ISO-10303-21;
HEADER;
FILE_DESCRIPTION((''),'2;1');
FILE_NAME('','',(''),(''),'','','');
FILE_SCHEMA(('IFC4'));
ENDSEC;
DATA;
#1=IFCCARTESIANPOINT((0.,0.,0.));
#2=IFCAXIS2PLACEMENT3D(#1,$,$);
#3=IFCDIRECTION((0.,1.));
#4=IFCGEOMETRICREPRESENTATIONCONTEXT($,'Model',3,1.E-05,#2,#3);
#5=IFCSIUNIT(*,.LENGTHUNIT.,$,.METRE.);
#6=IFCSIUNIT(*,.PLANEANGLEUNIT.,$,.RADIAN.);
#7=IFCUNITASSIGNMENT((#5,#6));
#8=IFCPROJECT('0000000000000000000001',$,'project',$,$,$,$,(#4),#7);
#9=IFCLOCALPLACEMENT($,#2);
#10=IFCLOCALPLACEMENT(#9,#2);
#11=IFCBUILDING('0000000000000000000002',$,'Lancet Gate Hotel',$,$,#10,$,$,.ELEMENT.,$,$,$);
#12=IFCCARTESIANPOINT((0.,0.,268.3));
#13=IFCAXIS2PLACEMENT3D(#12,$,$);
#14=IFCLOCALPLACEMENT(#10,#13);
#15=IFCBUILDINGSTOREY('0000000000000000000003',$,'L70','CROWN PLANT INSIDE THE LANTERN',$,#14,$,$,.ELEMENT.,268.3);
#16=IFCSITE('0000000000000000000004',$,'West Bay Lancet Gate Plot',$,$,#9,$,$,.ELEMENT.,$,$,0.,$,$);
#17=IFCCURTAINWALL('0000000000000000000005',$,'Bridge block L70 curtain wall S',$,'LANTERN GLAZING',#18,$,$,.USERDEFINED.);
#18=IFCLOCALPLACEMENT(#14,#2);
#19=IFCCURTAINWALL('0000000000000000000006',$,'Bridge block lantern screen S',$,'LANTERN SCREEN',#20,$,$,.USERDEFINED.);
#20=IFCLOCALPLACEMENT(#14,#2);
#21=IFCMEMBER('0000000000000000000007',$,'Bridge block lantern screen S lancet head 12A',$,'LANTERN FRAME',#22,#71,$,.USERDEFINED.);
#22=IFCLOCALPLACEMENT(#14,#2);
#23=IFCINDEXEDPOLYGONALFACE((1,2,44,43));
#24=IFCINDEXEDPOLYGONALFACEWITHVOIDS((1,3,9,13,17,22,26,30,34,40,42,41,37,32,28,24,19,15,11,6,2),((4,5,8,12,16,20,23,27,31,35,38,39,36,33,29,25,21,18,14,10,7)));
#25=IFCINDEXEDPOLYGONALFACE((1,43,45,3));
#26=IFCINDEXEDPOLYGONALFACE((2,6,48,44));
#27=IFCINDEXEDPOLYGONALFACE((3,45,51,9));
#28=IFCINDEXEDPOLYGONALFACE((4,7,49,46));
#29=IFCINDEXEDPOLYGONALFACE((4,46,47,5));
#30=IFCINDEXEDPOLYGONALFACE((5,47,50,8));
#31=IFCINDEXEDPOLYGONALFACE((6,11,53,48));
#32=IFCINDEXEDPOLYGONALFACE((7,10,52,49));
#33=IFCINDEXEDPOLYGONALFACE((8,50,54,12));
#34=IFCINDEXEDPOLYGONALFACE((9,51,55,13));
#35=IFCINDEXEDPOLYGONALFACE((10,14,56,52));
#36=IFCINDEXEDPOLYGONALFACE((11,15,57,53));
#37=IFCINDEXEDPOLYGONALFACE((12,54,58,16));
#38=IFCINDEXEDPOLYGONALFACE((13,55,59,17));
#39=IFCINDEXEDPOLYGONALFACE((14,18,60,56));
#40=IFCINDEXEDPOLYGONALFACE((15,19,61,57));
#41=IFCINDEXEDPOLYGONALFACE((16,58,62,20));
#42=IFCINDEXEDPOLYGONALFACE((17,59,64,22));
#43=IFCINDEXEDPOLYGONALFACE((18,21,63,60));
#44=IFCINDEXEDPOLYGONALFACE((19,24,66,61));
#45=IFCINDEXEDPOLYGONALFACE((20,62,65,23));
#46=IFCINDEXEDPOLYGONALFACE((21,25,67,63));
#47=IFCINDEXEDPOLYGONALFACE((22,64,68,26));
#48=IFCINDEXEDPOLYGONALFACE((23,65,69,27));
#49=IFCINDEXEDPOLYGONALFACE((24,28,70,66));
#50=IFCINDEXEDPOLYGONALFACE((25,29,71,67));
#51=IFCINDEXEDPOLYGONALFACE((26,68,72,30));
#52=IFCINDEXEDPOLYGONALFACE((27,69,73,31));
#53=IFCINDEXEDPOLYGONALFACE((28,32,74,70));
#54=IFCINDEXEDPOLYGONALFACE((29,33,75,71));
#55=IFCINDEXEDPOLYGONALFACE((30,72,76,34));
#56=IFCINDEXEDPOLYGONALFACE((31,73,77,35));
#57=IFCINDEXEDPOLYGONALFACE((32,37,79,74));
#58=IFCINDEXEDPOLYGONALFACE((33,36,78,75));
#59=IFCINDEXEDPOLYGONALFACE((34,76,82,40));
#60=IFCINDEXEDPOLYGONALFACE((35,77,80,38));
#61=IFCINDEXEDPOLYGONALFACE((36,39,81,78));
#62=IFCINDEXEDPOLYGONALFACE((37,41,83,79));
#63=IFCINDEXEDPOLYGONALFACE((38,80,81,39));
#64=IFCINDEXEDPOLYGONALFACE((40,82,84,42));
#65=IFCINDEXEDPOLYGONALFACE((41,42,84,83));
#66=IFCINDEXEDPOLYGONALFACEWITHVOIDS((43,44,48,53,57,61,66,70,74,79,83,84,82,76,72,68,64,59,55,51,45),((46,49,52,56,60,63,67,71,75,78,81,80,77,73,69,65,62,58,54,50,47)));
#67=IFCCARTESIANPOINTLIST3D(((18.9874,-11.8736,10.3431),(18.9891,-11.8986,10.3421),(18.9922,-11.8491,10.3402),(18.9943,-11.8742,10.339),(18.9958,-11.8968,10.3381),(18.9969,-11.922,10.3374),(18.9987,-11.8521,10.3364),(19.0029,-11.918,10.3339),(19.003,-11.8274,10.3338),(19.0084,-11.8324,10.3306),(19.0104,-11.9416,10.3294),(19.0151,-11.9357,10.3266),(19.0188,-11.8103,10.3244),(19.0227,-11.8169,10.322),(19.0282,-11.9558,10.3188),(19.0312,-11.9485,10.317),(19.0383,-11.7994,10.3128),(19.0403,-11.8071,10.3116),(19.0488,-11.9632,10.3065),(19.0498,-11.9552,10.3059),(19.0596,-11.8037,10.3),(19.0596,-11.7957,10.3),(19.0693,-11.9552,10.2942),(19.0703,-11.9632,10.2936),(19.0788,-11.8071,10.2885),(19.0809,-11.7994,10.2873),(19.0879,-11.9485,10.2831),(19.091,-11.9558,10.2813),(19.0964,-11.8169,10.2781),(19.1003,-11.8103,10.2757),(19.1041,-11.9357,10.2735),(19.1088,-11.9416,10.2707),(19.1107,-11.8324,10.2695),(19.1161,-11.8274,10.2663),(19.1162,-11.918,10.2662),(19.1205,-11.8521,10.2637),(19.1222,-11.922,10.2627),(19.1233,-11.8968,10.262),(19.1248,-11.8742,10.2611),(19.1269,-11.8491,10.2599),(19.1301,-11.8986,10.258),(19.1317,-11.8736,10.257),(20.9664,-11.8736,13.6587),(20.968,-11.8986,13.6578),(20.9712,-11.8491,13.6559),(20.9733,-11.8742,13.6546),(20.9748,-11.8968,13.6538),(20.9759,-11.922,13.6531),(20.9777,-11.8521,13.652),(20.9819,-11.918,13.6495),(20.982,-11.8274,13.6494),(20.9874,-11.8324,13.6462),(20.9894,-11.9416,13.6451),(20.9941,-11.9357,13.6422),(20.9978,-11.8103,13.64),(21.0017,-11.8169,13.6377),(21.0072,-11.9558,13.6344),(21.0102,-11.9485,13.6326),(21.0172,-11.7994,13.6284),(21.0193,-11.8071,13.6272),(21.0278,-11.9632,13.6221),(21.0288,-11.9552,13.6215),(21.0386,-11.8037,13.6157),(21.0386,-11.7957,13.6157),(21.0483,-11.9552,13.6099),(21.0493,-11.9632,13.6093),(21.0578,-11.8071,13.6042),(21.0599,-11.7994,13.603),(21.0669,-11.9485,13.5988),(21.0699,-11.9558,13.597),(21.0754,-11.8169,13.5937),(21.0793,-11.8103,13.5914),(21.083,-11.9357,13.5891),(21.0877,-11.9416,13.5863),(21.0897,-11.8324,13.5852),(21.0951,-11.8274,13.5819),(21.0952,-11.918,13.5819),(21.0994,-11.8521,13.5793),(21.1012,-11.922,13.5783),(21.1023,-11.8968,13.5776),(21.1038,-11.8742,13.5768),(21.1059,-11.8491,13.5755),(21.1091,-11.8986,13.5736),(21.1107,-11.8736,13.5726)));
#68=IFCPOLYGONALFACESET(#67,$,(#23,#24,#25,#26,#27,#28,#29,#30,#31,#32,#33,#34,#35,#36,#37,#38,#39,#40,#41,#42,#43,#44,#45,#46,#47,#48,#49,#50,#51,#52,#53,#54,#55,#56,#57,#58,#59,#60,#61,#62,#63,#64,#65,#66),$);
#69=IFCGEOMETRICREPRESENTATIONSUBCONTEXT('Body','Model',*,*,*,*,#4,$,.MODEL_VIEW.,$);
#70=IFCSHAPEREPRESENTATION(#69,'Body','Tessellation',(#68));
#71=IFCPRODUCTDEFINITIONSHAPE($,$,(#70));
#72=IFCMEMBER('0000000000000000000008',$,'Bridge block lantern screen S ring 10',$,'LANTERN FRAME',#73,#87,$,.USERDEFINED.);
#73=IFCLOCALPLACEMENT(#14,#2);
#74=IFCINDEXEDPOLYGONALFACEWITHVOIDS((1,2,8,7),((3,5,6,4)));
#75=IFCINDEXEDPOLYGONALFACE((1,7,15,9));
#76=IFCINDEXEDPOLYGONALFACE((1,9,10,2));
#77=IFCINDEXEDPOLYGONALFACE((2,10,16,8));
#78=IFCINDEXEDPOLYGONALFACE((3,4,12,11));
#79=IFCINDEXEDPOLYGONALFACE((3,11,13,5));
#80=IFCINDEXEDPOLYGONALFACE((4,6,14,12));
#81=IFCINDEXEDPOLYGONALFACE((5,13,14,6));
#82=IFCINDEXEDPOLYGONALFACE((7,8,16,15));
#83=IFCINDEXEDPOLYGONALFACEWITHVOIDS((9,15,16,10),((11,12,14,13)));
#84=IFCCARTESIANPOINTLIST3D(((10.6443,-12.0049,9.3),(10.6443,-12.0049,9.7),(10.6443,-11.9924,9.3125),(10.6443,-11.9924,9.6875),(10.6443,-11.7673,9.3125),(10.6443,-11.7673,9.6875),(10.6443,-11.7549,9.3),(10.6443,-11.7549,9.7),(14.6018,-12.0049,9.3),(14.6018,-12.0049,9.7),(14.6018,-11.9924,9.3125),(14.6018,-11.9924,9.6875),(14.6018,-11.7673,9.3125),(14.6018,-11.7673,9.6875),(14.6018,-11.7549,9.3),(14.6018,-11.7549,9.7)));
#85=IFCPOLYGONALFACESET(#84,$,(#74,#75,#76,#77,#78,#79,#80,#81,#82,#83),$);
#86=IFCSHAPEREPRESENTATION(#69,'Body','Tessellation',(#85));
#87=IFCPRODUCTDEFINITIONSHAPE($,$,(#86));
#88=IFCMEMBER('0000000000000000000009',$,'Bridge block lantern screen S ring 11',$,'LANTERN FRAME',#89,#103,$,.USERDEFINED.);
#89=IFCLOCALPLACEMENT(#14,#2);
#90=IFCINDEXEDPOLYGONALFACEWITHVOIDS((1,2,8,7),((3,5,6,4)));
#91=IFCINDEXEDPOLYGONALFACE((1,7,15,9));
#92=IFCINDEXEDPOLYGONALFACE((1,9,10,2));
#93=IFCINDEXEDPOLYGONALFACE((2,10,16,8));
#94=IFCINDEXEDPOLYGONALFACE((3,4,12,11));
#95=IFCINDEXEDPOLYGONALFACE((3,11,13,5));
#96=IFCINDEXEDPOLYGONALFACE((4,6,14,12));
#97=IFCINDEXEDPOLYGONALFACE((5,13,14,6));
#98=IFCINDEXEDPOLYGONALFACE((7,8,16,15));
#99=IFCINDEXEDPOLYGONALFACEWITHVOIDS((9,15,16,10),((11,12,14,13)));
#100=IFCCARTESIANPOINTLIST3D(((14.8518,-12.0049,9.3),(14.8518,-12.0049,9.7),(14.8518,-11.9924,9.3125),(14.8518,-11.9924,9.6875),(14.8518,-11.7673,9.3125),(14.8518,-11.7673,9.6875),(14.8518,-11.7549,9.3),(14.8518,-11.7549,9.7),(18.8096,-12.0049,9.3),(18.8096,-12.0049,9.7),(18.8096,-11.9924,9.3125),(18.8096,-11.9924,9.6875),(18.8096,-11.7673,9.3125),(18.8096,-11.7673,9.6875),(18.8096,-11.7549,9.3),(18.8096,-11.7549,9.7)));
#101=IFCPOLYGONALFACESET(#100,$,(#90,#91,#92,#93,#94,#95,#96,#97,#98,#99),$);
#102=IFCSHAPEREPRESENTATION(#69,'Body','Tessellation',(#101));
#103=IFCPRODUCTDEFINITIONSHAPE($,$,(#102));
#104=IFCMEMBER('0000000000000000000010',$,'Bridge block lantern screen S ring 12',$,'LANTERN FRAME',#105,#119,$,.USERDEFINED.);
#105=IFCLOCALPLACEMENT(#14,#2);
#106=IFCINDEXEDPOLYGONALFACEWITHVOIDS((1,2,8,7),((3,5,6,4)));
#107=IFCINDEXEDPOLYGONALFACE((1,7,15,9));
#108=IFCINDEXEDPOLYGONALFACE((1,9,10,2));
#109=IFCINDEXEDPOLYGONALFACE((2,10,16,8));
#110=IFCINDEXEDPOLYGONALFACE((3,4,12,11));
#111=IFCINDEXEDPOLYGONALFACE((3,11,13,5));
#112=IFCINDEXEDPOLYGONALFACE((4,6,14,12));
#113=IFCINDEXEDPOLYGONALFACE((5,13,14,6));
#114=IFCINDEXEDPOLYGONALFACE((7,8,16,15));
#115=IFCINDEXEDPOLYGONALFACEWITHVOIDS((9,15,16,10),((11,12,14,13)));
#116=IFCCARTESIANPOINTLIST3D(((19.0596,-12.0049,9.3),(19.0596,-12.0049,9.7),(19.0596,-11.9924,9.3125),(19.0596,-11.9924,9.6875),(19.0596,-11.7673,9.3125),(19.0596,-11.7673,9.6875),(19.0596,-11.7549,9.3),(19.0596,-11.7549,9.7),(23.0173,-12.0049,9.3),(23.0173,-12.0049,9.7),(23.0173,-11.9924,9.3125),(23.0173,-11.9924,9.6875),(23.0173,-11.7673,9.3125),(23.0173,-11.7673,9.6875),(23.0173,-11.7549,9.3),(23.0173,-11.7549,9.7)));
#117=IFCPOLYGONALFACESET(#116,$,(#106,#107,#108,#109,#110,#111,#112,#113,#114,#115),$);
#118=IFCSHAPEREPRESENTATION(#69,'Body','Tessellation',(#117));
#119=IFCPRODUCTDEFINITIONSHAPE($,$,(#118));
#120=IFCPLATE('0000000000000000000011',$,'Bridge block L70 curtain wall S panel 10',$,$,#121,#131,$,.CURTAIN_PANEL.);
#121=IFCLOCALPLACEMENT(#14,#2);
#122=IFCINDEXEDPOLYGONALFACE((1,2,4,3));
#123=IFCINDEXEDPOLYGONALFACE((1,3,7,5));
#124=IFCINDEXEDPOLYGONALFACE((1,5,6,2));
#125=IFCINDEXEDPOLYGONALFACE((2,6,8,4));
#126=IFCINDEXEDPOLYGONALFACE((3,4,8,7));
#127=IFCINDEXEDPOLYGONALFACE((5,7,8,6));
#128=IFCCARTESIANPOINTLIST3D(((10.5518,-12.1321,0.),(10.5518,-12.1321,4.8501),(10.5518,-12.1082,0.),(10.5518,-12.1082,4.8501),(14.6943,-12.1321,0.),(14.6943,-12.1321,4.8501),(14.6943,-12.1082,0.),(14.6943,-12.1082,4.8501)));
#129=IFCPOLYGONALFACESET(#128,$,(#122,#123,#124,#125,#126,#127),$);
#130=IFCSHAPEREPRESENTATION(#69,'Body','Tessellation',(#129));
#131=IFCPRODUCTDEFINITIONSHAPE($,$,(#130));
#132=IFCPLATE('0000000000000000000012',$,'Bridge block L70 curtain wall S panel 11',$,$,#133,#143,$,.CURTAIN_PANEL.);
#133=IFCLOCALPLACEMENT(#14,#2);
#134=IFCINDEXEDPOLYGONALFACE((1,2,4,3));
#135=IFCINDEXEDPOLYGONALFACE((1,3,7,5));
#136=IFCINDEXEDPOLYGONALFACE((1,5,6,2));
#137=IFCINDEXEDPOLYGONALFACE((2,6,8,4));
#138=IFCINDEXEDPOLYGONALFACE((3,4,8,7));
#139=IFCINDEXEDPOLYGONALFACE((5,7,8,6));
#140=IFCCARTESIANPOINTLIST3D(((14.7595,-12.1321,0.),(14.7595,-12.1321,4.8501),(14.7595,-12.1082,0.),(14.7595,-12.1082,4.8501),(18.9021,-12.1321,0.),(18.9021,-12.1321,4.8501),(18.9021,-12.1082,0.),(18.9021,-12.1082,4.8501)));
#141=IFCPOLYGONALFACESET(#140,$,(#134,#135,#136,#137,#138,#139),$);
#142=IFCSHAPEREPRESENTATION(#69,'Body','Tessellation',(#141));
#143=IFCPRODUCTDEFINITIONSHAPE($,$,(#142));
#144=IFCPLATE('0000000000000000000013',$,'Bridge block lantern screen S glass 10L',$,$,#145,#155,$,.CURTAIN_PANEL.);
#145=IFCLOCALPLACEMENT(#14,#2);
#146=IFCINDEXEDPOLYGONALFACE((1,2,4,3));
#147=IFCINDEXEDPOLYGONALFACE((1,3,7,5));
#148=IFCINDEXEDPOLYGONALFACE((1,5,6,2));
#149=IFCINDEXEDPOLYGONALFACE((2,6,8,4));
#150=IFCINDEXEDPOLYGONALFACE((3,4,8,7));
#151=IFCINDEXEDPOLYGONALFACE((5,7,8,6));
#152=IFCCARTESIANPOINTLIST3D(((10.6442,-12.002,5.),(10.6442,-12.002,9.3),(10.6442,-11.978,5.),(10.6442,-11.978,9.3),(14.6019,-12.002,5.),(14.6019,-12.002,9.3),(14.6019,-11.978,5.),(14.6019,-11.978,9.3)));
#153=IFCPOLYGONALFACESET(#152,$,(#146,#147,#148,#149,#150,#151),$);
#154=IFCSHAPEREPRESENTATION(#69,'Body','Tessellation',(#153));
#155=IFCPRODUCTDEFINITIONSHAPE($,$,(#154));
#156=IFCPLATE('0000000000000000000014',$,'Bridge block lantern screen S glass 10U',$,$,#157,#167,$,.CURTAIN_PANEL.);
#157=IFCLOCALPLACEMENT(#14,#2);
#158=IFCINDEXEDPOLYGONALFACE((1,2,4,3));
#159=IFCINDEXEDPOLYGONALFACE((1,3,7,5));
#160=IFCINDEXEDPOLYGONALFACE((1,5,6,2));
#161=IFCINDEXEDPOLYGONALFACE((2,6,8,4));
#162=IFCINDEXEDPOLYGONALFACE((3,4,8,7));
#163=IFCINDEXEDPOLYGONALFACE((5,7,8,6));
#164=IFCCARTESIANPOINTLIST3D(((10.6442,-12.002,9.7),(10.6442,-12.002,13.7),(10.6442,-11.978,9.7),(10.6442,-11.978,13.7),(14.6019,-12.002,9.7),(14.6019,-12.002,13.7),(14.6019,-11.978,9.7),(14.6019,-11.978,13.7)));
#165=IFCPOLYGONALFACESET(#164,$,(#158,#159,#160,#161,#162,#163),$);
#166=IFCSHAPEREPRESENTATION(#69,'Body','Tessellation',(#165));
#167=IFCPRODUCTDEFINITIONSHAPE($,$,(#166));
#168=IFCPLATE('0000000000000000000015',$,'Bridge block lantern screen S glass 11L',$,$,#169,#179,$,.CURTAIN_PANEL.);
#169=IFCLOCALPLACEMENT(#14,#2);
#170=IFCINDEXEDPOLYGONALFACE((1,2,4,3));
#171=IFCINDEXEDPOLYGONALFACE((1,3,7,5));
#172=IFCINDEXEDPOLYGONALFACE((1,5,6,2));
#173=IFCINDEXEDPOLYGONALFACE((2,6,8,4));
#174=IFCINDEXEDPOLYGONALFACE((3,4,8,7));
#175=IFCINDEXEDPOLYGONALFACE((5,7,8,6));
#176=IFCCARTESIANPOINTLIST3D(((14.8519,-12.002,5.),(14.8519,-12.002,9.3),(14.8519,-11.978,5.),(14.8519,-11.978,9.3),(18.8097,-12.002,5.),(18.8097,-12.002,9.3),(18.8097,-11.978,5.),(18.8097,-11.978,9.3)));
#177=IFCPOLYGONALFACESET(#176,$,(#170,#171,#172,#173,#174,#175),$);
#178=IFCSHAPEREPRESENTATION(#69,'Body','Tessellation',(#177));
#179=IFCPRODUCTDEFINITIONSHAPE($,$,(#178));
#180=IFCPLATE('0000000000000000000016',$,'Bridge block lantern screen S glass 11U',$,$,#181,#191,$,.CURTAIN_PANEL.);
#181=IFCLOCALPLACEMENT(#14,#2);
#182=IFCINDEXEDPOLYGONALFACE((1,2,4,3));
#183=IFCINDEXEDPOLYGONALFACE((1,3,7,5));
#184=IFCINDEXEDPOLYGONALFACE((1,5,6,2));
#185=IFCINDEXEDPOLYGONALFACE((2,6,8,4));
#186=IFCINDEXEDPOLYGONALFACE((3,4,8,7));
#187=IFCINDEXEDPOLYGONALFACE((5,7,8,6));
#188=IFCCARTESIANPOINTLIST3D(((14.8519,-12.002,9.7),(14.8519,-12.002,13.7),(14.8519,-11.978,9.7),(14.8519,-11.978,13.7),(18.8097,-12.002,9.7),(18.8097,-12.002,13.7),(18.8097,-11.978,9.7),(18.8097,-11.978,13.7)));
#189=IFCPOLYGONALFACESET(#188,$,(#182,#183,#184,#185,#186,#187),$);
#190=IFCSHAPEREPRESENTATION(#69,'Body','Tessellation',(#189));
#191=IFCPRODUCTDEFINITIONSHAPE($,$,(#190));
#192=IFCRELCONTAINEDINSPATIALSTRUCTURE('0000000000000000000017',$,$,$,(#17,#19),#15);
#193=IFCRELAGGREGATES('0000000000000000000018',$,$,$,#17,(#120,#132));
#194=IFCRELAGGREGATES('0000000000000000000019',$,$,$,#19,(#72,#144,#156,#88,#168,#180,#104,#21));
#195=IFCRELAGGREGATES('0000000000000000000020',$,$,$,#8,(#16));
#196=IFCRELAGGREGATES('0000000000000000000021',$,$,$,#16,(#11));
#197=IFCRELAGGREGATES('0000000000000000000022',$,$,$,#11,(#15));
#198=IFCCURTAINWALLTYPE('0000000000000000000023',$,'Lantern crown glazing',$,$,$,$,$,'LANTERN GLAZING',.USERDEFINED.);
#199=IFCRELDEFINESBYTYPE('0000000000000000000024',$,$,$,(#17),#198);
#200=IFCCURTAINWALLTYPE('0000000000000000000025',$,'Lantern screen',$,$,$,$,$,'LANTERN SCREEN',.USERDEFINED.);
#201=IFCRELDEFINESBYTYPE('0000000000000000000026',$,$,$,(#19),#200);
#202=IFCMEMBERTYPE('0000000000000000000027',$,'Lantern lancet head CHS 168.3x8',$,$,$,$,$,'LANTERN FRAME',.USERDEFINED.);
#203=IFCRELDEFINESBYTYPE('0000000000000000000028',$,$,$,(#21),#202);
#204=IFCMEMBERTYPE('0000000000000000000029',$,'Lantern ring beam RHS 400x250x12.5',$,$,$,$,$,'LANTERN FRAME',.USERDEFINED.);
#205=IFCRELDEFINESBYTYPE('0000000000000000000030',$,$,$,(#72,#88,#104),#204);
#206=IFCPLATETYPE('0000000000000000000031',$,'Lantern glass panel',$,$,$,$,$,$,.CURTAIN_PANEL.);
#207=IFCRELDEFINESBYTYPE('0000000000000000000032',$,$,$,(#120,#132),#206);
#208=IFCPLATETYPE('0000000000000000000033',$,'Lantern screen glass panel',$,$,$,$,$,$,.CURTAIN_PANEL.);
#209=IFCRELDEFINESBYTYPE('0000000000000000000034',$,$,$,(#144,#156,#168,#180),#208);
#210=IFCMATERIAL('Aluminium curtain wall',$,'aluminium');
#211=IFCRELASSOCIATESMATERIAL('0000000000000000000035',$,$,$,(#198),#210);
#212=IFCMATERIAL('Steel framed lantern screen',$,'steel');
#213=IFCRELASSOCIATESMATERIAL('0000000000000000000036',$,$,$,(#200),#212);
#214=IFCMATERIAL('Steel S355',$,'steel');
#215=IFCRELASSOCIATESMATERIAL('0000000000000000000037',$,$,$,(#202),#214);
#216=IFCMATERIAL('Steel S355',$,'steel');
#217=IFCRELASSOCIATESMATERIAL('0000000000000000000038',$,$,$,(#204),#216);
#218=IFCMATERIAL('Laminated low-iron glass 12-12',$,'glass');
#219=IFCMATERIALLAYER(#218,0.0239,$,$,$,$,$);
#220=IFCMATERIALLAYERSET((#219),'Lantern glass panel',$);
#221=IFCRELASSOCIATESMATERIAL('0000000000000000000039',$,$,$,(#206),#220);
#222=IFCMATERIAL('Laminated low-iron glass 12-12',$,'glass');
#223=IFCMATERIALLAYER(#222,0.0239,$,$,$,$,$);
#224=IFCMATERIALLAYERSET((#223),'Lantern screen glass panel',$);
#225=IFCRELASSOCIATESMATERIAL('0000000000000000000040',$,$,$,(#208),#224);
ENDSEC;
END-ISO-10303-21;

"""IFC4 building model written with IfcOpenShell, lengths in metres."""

from ifc_helpers import new_model, si_unit, direction, frame, origin, origin_2d, place, context, subcontext, project, spatial, rectangle, hollow_rectangle, hollow_circle, extrude, material, layer, layer_set, material_profile, profile_set, type_object, element, aggregate, save


model = new_model("IFC4")

# Units and contexts
model_context = context("Model", 3, precision=1e-05, world=origin(), true_north=direction((0.0, 1.0)))
body_context = subcontext(model_context, "Body", "Model", "MODEL_VIEW")
ifc_project = project(units=[si_unit("LENGTHUNIT", "METRE"), si_unit("PLANEANGLEUNIT", "RADIAN")], contexts=[model_context])

# Site, building, storey
site_placement = place(None, origin())
site = spatial("IfcSite", under=ifc_project, at=site_placement, Name="West Bay Lancet Gate Plot", CompositionType="ELEMENT", RefElevation=0.0)
building_placement = place(site_placement, origin())
building = spatial("IfcBuilding", under=site, at=building_placement, Name="Lancet Gate Hotel", CompositionType="ELEMENT")
storey_placement = place(building_placement, frame((0.0, 0.0, 268.3)))
storey = spatial("IfcBuildingStorey", under=building, at=storey_placement, Name="L70", Description="CROWN PLANT INSIDE THE LANTERN", CompositionType="ELEMENT", Elevation=268.3)

# Curtain wall
ifc_material_1 = material(Name="Aluminium curtain wall", Category="aluminium")
curtain_wall_type_1 = type_object("IfcCurtainWallType", Name="Lantern crown glazing", ElementType="LANTERN GLAZING", PredefinedType="USERDEFINED", material=ifc_material_1)
curtain_wall_1_placement = place(storey_placement, origin())
curtain_wall_1 = element("IfcCurtainWall", 1, at=curtain_wall_1_placement, inside=storey, type_object=curtain_wall_type_1, Name="Bridge block L70 curtain wall S", ObjectType="LANTERN GLAZING", PredefinedType="USERDEFINED")

# Curtain wall, members
ifc_material_2 = material(Name="Steel framed lantern screen", Category="steel")
curtain_wall_type_2 = type_object("IfcCurtainWallType", Name="Lantern screen", ElementType="LANTERN SCREEN", PredefinedType="USERDEFINED", material=ifc_material_2)
curtain_wall_2_placement = place(storey_placement, origin())
curtain_wall_2 = element("IfcCurtainWall", 2, at=curtain_wall_2_placement, inside=storey, type_object=curtain_wall_type_2, Name="Bridge block lantern screen S", ObjectType="LANTERN SCREEN", PredefinedType="USERDEFINED")
ifc_material_3 = material(Name="Steel S355", Category="steel")
ifc_material_profile_1 = material_profile(ifc_material_3, hollow_circle(Radius=0.0842, WallThickness=0.0081, at=origin_2d()), Name="CHS 168.3x8.0")
ifc_profile_set_1 = profile_set([ifc_material_profile_1], Name="Steel S355")
member_type_1 = type_object("IfcMemberType", Name="Lantern lancet head CHS 168.3x8", ElementType="LANTERN FRAME", PredefinedType="USERDEFINED", material=ifc_profile_set_1)
member_1_placement = place(storey_placement, frame((19.0596, -11.8799, 10.3), z_axis=(0.512514, 0.0, 0.858679), x_axis=(0.0, 1.0, 0.0)))
member_1 = element("IfcMember", 3, at=member_1_placement, type_object=member_type_1, Name="Bridge block lantern screen S lancet head 12A", ObjectType="LANTERN FRAME", PredefinedType="USERDEFINED", context=body_context, shape_type="SweptSolid", body=[
    extrude(hollow_circle(Radius=0.0842, WallThickness=0.0081, at=origin_2d()), origin(), (0.0, 0.0, 1.0), 3.8613),
])
ifc_material_4 = material(Name="Steel S355", Category="steel")
ifc_material_profile_2 = material_profile(ifc_material_4, hollow_rectangle(XDim=0.25, YDim=0.3999, WallThickness=0.0125, at=origin_2d()), Name="RHS 400x250x12.5")
ifc_profile_set_2 = profile_set([ifc_material_profile_2], Name="Steel S355")
member_type_2 = type_object("IfcMemberType", Name="Lantern ring beam RHS 400x250x12.5", ElementType="LANTERN FRAME", PredefinedType="USERDEFINED", material=ifc_profile_set_2)
member_2_placement = place(storey_placement, frame((10.6443, -11.8799, 9.5), z_axis=(1.0, 0.0, 0.0), x_axis=(0.0, 1.0, 0.0)))
member_2 = element("IfcMember", 4, at=member_2_placement, type_object=member_type_2, Name="Bridge block lantern screen S ring 10", ObjectType="LANTERN FRAME", PredefinedType="USERDEFINED", context=body_context, shape_type="SweptSolid", body=[
    extrude(hollow_rectangle(XDim=0.25, YDim=0.3999, WallThickness=0.0125, at=origin_2d()), origin(), (0.0, 0.0, 1.0), 3.9575),
])
member_3_placement = place(storey_placement, frame((14.8518, -11.8799, 9.5), z_axis=(1.0, 0.0, 0.0), x_axis=(0.0, 1.0, 0.0)))
member_3 = element("IfcMember", 5, at=member_3_placement, type_object=member_type_2, Name="Bridge block lantern screen S ring 11", ObjectType="LANTERN FRAME", PredefinedType="USERDEFINED", context=body_context, shape_type="SweptSolid", body=[
    extrude(hollow_rectangle(XDim=0.25, YDim=0.3999, WallThickness=0.0125, at=origin_2d()), origin(), (0.0, 0.0, 1.0), 3.9578),
])
member_4_placement = place(storey_placement, frame((19.0596, -11.8799, 9.5), z_axis=(1.0, 0.0, 0.0), x_axis=(0.0, 1.0, 0.0)))
member_4 = element("IfcMember", 6, at=member_4_placement, type_object=member_type_2, Name="Bridge block lantern screen S ring 12", ObjectType="LANTERN FRAME", PredefinedType="USERDEFINED", context=body_context, shape_type="SweptSolid", body=[
    extrude(hollow_rectangle(XDim=0.25, YDim=0.3999, WallThickness=0.0125, at=origin_2d()), origin(), (0.0, 0.0, 1.0), 3.9578),
])

# Plates
ifc_material_5 = material(Name="Laminated low-iron glass 12-12", Category="glass")
ifc_layer_1 = layer(ifc_material_5, 0.0239)
ifc_layer_set_1 = layer_set([ifc_layer_1], Name="Lantern glass panel")
plate_type_1 = type_object("IfcPlateType", Name="Lantern glass panel", PredefinedType="CURTAIN_PANEL", material=ifc_layer_set_1)
plate_1_placement = place(storey_placement, frame((12.623, -12.1201, 0.0), z_axis=(0.0, 0.0, 1.0), x_axis=(1.0, 0.0, 0.0)))
plate_1 = element("IfcPlate", 7, at=plate_1_placement, type_object=plate_type_1, Name="Bridge block L70 curtain wall S panel 10", PredefinedType="CURTAIN_PANEL", context=body_context, shape_type="SweptSolid", body=[
    extrude(rectangle(XDim=4.1426, YDim=0.0239, at=origin_2d()), origin(), (0.0, 0.0, 1.0), 4.8501),
])
plate_2_placement = place(storey_placement, frame((16.8308, -12.1201, 0.0), z_axis=(0.0, 0.0, 1.0), x_axis=(1.0, 0.0, 0.0)))
plate_2 = element("IfcPlate", 8, at=plate_2_placement, type_object=plate_type_1, Name="Bridge block L70 curtain wall S panel 11", PredefinedType="CURTAIN_PANEL", context=body_context, shape_type="SweptSolid", body=[
    extrude(rectangle(XDim=4.1426, YDim=0.0239, at=origin_2d()), origin(), (0.0, 0.0, 1.0), 4.8501),
])
aggregate(curtain_wall_1, [plate_1, plate_2])
ifc_material_6 = material(Name="Laminated low-iron glass 12-12", Category="glass")
ifc_layer_2 = layer(ifc_material_6, 0.0239)
ifc_layer_set_2 = layer_set([ifc_layer_2], Name="Lantern screen glass panel")
plate_type_2 = type_object("IfcPlateType", Name="Lantern screen glass panel", PredefinedType="CURTAIN_PANEL", material=ifc_layer_set_2)
plate_3_placement = place(storey_placement, frame((12.623, -11.99, 5.0), z_axis=(0.0, 0.0, 1.0), x_axis=(1.0, 0.0, 0.0)))
plate_3 = element("IfcPlate", 9, at=plate_3_placement, type_object=plate_type_2, Name="Bridge block lantern screen S glass 10L", PredefinedType="CURTAIN_PANEL", context=body_context, shape_type="SweptSolid", body=[
    extrude(rectangle(XDim=3.9578, YDim=0.0239, at=origin_2d()), origin(), (0.0, 0.0, 1.0), 4.3),
])
plate_4_placement = place(storey_placement, frame((12.623, -11.99, 9.7), z_axis=(0.0, 0.0, 1.0), x_axis=(1.0, 0.0, 0.0)))
plate_4 = element("IfcPlate", 10, at=plate_4_placement, type_object=plate_type_2, Name="Bridge block lantern screen S glass 10U", PredefinedType="CURTAIN_PANEL", context=body_context, shape_type="SweptSolid", body=[
    extrude(rectangle(XDim=3.9578, YDim=0.0239, at=origin_2d()), origin(), (0.0, 0.0, 1.0), 4.0),
])
plate_5_placement = place(storey_placement, frame((16.8308, -11.99, 5.0), z_axis=(0.0, 0.0, 1.0), x_axis=(1.0, 0.0, 0.0)))
plate_5 = element("IfcPlate", 11, at=plate_5_placement, type_object=plate_type_2, Name="Bridge block lantern screen S glass 11L", PredefinedType="CURTAIN_PANEL", context=body_context, shape_type="SweptSolid", body=[
    extrude(rectangle(XDim=3.9578, YDim=0.0239, at=origin_2d()), origin(), (0.0, 0.0, 1.0), 4.3),
])
plate_6_placement = place(storey_placement, frame((16.8308, -11.99, 9.7), z_axis=(0.0, 0.0, 1.0), x_axis=(1.0, 0.0, 0.0)))
plate_6 = element("IfcPlate", 12, at=plate_6_placement, type_object=plate_type_2, Name="Bridge block lantern screen S glass 11U", PredefinedType="CURTAIN_PANEL", context=body_context, shape_type="SweptSolid", body=[
    extrude(rectangle(XDim=3.9578, YDim=0.0239, at=origin_2d()), origin(), (0.0, 0.0, 1.0), 4.0),
])
aggregate(curtain_wall_2, [member_2, plate_3, plate_4, member_3, plate_5, plate_6, member_4, member_1])

save(model, "model.ifc")
